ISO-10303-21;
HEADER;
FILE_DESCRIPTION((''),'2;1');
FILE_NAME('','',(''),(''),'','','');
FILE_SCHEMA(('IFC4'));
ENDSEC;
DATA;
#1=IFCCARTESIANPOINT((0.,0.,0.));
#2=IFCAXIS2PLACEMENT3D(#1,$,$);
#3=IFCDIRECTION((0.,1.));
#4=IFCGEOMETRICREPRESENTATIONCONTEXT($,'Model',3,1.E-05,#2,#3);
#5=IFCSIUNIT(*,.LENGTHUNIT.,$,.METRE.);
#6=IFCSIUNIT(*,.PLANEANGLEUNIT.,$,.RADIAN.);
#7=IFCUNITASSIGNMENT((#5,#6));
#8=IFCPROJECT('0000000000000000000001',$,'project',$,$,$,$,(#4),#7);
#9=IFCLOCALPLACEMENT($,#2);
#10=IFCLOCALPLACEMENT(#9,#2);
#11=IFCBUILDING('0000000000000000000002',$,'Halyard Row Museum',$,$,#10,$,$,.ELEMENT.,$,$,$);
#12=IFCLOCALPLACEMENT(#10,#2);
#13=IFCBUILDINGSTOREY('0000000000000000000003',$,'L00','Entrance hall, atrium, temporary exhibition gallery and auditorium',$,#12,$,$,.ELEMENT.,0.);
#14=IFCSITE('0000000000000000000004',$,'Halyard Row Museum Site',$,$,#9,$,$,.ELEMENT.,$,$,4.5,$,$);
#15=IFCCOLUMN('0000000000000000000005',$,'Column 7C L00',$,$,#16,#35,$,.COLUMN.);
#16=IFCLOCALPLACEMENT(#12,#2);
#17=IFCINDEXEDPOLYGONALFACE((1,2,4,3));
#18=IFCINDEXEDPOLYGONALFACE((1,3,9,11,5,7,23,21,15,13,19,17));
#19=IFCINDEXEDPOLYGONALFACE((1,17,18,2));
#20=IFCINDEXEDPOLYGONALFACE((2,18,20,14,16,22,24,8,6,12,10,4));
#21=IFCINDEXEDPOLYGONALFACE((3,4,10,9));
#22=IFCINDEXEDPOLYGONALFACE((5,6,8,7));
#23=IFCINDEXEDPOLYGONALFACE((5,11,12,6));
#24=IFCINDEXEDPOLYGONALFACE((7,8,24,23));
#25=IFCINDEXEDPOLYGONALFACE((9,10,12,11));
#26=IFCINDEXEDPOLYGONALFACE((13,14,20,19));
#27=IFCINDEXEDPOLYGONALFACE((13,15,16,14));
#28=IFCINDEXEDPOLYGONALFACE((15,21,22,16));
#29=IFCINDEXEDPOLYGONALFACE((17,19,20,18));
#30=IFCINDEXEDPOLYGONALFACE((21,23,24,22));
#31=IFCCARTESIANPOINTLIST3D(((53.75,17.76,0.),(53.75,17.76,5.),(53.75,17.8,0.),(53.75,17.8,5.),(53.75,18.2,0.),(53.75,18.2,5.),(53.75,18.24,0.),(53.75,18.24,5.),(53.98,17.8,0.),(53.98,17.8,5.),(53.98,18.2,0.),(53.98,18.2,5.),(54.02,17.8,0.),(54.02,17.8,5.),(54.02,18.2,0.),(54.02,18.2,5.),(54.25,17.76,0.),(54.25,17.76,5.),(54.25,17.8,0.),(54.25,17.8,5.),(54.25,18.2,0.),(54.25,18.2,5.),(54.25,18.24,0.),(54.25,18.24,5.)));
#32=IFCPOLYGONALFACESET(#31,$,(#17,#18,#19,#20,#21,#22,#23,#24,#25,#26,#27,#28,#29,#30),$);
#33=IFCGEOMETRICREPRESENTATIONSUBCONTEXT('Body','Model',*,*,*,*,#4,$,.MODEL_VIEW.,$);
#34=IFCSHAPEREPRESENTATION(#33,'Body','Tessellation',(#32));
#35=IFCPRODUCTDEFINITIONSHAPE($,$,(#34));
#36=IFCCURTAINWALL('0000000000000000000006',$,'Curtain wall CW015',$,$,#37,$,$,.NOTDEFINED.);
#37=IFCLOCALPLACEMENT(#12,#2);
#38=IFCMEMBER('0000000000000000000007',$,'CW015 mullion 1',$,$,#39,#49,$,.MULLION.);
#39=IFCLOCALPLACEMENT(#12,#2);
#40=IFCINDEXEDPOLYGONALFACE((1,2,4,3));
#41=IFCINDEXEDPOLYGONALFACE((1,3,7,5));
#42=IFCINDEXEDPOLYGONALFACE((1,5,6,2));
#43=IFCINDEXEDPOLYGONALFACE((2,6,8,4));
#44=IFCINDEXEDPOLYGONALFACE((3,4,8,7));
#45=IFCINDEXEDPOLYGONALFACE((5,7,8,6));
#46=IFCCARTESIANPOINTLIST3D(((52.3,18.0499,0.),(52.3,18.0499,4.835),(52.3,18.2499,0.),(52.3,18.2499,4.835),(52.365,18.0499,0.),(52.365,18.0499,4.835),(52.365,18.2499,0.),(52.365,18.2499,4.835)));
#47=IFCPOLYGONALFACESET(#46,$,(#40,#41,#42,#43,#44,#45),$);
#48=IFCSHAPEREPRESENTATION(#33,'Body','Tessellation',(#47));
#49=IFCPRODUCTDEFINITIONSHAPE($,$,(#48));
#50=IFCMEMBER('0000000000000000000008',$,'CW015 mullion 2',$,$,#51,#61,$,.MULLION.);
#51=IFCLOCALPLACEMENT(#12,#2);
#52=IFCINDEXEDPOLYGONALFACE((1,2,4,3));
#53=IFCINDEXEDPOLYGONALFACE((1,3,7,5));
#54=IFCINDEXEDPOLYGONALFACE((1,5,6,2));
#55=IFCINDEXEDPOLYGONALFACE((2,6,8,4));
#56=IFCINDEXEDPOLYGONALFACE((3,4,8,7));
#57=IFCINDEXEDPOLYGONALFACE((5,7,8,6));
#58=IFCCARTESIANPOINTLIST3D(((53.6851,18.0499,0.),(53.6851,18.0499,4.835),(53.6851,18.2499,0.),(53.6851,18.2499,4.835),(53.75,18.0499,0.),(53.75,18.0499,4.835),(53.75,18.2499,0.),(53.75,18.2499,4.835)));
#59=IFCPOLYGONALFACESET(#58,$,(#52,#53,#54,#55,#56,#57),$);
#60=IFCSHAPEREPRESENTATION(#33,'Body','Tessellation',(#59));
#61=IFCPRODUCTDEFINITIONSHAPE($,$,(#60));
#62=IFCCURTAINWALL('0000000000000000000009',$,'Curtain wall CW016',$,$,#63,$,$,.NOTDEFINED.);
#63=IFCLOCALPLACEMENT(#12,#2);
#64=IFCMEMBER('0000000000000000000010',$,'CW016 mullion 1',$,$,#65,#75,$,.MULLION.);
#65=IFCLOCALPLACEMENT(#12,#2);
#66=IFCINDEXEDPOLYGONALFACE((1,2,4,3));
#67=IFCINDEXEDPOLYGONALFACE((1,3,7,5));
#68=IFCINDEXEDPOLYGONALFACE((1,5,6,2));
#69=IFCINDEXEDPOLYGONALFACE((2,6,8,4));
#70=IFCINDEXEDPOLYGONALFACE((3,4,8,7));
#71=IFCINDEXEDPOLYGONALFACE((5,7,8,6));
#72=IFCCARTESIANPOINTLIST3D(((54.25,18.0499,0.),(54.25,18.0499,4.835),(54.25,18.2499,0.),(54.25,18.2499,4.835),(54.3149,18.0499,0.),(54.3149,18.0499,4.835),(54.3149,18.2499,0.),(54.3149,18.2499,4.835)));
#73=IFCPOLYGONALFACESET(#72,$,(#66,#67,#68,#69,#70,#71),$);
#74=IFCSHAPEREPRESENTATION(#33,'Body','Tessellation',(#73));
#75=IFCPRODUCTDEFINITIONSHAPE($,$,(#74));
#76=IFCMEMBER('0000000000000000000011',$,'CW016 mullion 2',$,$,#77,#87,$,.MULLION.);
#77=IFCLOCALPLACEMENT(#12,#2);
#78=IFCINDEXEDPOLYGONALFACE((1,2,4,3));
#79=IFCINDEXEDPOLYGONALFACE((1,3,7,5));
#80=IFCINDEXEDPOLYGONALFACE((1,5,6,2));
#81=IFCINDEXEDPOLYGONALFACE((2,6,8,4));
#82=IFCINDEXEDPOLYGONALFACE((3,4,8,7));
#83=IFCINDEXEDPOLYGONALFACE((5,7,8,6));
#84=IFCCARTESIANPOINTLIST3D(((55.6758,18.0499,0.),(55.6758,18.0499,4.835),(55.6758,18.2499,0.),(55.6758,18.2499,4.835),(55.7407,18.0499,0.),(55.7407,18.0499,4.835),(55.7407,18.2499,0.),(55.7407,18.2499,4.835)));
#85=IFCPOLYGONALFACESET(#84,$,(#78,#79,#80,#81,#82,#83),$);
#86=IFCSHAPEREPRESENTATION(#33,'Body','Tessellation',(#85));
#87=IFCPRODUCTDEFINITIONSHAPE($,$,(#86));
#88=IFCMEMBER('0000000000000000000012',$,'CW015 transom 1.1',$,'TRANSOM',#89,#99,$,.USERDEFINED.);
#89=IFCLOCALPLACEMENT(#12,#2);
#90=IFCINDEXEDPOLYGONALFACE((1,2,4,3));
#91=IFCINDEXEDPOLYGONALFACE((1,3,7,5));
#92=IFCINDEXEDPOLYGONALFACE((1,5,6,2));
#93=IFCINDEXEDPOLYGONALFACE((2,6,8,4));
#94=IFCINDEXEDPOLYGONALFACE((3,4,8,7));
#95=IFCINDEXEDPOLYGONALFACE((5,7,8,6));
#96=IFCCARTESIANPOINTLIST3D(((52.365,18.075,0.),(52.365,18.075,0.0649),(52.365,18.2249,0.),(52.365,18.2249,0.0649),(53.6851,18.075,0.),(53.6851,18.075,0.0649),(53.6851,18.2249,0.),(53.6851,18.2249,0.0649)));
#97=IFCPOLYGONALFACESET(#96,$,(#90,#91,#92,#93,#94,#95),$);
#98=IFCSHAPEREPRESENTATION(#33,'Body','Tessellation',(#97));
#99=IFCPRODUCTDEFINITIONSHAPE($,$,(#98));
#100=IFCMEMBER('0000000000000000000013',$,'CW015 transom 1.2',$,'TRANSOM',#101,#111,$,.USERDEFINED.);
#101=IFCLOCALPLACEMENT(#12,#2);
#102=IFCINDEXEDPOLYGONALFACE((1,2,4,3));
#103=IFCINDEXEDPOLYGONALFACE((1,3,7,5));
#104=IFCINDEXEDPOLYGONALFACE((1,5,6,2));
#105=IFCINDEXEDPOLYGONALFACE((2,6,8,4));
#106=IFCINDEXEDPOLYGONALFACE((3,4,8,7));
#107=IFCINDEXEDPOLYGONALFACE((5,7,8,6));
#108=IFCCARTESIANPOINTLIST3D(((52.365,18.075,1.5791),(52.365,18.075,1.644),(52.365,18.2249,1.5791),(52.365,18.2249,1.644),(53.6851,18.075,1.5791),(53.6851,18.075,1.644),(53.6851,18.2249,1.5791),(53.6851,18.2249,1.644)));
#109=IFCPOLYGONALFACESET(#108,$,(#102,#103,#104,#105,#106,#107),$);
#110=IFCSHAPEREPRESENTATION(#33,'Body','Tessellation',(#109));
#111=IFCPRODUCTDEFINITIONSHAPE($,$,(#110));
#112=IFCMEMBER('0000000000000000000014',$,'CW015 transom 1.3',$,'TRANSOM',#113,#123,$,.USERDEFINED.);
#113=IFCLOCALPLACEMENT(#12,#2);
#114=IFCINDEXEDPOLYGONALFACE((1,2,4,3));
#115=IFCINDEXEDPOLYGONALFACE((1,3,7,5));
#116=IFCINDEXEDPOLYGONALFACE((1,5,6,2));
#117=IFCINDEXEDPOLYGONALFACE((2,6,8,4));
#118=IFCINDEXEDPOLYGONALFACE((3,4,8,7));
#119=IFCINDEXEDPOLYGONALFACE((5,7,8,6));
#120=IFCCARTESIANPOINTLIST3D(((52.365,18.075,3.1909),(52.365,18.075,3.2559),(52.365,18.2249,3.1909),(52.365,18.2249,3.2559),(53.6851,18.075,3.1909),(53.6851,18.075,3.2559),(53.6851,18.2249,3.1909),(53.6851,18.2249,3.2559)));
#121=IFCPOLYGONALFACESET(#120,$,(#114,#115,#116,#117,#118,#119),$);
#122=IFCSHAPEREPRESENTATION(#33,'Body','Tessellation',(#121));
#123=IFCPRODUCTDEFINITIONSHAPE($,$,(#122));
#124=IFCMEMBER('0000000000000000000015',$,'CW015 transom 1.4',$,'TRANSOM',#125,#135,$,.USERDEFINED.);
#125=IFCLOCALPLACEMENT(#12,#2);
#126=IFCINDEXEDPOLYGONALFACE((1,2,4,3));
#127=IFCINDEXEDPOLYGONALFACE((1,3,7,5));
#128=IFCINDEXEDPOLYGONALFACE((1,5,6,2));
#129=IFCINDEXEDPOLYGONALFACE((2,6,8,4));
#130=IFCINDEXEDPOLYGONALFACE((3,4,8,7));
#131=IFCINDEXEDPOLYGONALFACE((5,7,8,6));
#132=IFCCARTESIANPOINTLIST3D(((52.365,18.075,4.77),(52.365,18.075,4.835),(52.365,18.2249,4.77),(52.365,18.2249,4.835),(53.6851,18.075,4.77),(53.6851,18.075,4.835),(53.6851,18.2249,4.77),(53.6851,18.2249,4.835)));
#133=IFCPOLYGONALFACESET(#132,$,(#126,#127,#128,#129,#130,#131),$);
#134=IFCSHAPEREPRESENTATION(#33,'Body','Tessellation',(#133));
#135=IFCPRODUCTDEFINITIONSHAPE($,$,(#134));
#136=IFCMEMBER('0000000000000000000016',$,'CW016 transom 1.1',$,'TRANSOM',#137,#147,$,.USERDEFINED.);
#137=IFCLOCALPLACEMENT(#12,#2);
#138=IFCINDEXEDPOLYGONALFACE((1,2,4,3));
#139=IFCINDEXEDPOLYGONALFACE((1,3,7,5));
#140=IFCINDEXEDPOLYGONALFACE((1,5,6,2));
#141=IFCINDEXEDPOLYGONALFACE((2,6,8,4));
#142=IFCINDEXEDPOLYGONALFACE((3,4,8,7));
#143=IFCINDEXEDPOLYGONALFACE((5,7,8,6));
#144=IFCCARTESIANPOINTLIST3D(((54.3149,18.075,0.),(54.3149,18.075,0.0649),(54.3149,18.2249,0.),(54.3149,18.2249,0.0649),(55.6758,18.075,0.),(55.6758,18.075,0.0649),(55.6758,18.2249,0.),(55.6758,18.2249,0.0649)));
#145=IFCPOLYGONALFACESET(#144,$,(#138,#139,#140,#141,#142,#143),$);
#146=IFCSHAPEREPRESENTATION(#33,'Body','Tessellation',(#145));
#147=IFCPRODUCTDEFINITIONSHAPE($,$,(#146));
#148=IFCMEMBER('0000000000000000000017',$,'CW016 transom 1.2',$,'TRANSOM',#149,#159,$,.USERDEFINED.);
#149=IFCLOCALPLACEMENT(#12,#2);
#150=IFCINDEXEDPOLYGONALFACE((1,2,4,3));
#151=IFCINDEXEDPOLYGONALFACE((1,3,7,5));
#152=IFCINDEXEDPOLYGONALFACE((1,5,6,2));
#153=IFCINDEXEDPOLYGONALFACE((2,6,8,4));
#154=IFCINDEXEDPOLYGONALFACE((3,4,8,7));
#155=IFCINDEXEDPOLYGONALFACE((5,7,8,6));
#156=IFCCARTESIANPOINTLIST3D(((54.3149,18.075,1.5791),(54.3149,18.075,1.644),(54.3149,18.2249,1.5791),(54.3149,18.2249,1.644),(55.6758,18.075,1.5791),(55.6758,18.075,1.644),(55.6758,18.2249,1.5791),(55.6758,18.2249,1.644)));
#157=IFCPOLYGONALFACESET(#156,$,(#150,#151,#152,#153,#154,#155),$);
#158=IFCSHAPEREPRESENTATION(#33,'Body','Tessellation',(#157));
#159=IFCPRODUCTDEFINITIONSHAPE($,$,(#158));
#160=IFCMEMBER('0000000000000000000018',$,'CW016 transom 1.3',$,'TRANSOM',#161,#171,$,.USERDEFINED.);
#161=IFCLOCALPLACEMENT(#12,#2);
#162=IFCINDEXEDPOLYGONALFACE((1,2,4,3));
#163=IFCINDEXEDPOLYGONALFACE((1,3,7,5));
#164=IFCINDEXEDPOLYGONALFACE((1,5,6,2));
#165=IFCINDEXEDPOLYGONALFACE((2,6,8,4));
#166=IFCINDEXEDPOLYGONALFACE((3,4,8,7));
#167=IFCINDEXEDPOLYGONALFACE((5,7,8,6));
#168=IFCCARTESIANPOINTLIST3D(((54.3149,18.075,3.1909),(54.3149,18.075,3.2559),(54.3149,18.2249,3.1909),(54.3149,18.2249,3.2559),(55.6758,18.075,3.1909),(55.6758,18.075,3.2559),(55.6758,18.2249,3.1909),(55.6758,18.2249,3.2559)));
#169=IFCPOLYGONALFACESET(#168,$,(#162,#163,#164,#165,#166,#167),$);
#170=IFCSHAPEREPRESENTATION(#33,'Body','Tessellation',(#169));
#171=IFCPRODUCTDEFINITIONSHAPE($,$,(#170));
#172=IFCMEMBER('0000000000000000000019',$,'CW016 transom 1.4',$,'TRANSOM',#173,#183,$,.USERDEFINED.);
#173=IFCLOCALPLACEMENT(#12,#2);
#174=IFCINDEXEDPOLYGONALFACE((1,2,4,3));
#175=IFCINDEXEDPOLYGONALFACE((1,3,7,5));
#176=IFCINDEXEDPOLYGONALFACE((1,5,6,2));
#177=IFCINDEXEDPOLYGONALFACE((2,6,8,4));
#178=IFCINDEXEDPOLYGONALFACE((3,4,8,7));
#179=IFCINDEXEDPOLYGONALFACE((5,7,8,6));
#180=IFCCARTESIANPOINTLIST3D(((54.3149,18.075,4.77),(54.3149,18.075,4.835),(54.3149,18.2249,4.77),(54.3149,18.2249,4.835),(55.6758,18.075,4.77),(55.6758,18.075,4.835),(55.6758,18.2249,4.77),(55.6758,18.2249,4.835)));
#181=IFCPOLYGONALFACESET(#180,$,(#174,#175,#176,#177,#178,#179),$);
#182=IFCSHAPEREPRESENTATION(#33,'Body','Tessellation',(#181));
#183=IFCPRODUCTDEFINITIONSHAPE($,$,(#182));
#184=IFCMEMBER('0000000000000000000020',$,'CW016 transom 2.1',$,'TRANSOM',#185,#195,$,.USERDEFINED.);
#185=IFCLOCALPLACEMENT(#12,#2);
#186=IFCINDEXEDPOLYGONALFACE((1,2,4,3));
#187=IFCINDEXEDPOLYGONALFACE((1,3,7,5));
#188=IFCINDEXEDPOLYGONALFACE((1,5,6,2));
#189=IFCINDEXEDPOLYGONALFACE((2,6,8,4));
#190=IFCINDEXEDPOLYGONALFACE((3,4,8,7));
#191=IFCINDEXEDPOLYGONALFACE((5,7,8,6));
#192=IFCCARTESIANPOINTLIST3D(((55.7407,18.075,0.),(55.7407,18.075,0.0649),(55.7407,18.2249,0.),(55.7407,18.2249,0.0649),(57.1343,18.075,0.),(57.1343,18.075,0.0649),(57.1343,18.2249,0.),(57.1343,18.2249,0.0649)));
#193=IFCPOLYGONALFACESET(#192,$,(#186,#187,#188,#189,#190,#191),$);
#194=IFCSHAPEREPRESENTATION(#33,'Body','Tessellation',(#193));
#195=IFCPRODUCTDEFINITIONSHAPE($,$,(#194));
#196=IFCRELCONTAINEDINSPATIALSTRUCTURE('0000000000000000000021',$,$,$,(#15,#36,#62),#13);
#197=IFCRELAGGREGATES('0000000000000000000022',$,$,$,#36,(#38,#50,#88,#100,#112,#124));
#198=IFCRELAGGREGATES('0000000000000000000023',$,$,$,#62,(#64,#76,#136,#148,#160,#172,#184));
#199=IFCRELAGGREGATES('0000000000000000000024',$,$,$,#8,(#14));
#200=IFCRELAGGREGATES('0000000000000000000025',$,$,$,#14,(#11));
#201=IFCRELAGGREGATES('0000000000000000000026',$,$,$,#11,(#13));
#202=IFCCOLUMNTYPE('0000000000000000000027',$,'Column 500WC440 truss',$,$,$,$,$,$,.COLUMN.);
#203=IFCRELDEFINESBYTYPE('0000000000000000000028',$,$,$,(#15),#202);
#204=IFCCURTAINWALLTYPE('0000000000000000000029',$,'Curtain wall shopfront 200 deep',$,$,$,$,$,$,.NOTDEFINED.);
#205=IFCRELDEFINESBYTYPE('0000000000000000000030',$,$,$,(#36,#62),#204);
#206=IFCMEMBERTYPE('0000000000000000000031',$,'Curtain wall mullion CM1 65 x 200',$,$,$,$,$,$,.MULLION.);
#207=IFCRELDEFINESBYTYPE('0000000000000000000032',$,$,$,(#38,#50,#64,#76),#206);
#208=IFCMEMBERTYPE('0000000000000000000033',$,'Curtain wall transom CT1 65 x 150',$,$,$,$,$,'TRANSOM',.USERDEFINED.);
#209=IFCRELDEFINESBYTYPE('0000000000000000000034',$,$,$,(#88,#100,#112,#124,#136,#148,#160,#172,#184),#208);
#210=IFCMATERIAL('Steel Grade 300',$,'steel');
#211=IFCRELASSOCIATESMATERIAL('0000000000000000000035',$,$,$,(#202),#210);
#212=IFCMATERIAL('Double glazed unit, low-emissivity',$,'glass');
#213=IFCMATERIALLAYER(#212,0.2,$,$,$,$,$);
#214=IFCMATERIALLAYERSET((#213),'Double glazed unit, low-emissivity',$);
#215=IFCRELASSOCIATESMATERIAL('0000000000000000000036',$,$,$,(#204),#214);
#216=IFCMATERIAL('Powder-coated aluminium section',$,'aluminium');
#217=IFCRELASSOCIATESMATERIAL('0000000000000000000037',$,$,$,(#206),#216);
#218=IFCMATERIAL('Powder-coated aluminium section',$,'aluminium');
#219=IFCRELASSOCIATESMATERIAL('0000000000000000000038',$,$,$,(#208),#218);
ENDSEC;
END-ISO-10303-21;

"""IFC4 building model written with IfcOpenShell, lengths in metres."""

from ifc_helpers import new_model, si_unit, direction, frame, origin, origin_2d, place, context, subcontext, project, spatial, rectangle, i_section, extrude, material, layer, layer_set, material_profile, profile_set, type_object, element, aggregate, save


model = new_model("IFC4")

# Units and contexts
model_context = context("Model", 3, precision=1e-05, world=origin(), true_north=direction((0.0, 1.0)))
body_context = subcontext(model_context, "Body", "Model", "MODEL_VIEW")
ifc_project = project(units=[si_unit("LENGTHUNIT", "METRE"), si_unit("PLANEANGLEUNIT", "RADIAN")], contexts=[model_context])

# Site, building, storey
site_placement = place(None, origin())
site = spatial("IfcSite", under=ifc_project, at=site_placement, Name="Halyard Row Museum Site", CompositionType="ELEMENT", RefElevation=4.5)
building_placement = place(site_placement, origin())
building = spatial("IfcBuilding", under=site, at=building_placement, Name="Halyard Row Museum", CompositionType="ELEMENT")
storey_placement = place(building_placement, origin())
storey = spatial("IfcBuildingStorey", under=building, at=storey_placement, Name="L00", Description="Entrance hall, atrium, temporary exhibition gallery and auditorium", CompositionType="ELEMENT", Elevation=0.0)

# Column
ifc_material_1 = material(Name="Steel Grade 300", Category="steel")
ifc_material_profile_1 = material_profile(ifc_material_1, i_section(OverallWidth=0.5, OverallDepth=0.48, WebThickness=0.04, FlangeThickness=0.04, at=origin_2d()), Name="500WC440")
ifc_profile_set_1 = profile_set([ifc_material_profile_1], Name="Steel Grade 300")
column_type = type_object("IfcColumnType", Name="Column 500WC440 truss", PredefinedType="COLUMN", material=ifc_profile_set_1)
column_placement = place(storey_placement, frame((54.0, 18.0, 0.0), z_axis=(0.0, 0.0, 1.0), x_axis=(1.0, 0.0, 0.0)))
element("IfcColumn", 1, at=column_placement, inside=storey, type_object=column_type, Name="Column 7C L00", PredefinedType="COLUMN", context=body_context, shape_type="SweptSolid", body=[
    extrude(i_section(OverallWidth=0.5, OverallDepth=0.48, WebThickness=0.04, FlangeThickness=0.04, at=origin_2d()), origin(), (0.0, 0.0, 1.0), 5.0),
])

# Curtain walls, members
ifc_material_2 = material(Name="Double glazed unit, low-emissivity", Category="glass")
ifc_layer_1 = layer(ifc_material_2, 0.2)
ifc_layer_set_1 = layer_set([ifc_layer_1], Name="Double glazed unit, low-emissivity")
curtain_wall_type = type_object("IfcCurtainWallType", Name="Curtain wall shopfront 200 deep", PredefinedType="NOTDEFINED", material=ifc_layer_set_1)
curtain_wall_1_placement = place(storey_placement, origin())
curtain_wall_1 = element("IfcCurtainWall", 2, at=curtain_wall_1_placement, inside=storey, type_object=curtain_wall_type, Name="Curtain wall CW015", PredefinedType="NOTDEFINED")
ifc_material_3 = material(Name="Powder-coated aluminium section", Category="aluminium")
ifc_material_profile_2 = material_profile(ifc_material_3, rectangle(XDim=0.2, YDim=0.0649, at=origin_2d()), Name="200x65 mullion")
ifc_profile_set_2 = profile_set([ifc_material_profile_2], Name="Powder-coated aluminium section")
member_type_1 = type_object("IfcMemberType", Name="Curtain wall mullion CM1 65 x 200", PredefinedType="MULLION", material=ifc_profile_set_2)
member_1_placement = place(storey_placement, frame((52.3325, 18.1499, 0.0), z_axis=(0.0, 0.0, 1.0), x_axis=(0.0, 1.0, 0.0)))
member_1 = element("IfcMember", 3, at=member_1_placement, type_object=member_type_1, Name="CW015 mullion 1", PredefinedType="MULLION", context=body_context, shape_type="SweptSolid", body=[
    extrude(rectangle(XDim=0.2, YDim=0.0649, at=origin_2d()), origin(), (0.0, 0.0, 1.0), 4.835),
])
member_2_placement = place(storey_placement, frame((53.7175, 18.1499, 0.0), z_axis=(0.0, 0.0, 1.0), x_axis=(0.0, 1.0, 0.0)))
member_2 = element("IfcMember", 4, at=member_2_placement, type_object=member_type_1, Name="CW015 mullion 2", PredefinedType="MULLION", context=body_context, shape_type="SweptSolid", body=[
    extrude(rectangle(XDim=0.2, YDim=0.0649, at=origin_2d()), origin(), (0.0, 0.0, 1.0), 4.835),
])
curtain_wall_2_placement = place(storey_placement, origin())
curtain_wall_2 = element("IfcCurtainWall", 5, at=curtain_wall_2_placement, inside=storey, type_object=curtain_wall_type, Name="Curtain wall CW016", PredefinedType="NOTDEFINED")
member_3_placement = place(storey_placement, frame((54.2825, 18.1499, 0.0), z_axis=(0.0, 0.0, 1.0), x_axis=(0.0, 1.0, 0.0)))
member_3 = element("IfcMember", 6, at=member_3_placement, type_object=member_type_1, Name="CW016 mullion 1", PredefinedType="MULLION", context=body_context, shape_type="SweptSolid", body=[
    extrude(rectangle(XDim=0.2, YDim=0.0649, at=origin_2d()), origin(), (0.0, 0.0, 1.0), 4.835),
])
member_4_placement = place(storey_placement, frame((55.7083, 18.1499, 0.0), z_axis=(0.0, 0.0, 1.0), x_axis=(0.0, 1.0, 0.0)))
member_4 = element("IfcMember", 7, at=member_4_placement, type_object=member_type_1, Name="CW016 mullion 2", PredefinedType="MULLION", context=body_context, shape_type="SweptSolid", body=[
    extrude(rectangle(XDim=0.2, YDim=0.0649, at=origin_2d()), origin(), (0.0, 0.0, 1.0), 4.835),
])

# Members
ifc_material_4 = material(Name="Powder-coated aluminium section", Category="aluminium")
ifc_material_profile_3 = material_profile(ifc_material_4, rectangle(XDim=0.1499, YDim=0.0649, at=origin_2d()), Name="150x65 transom")
ifc_profile_set_3 = profile_set([ifc_material_profile_3], Name="Powder-coated aluminium section")
member_type_2 = type_object("IfcMemberType", Name="Curtain wall transom CT1 65 x 150", ElementType="TRANSOM", PredefinedType="USERDEFINED", material=ifc_profile_set_3)
member_5_placement = place(storey_placement, frame((52.365, 18.1499, 0.0325), z_axis=(1.0, 0.0, 0.0), x_axis=(0.0, 1.0, 0.0)))
member_5 = element("IfcMember", 8, at=member_5_placement, type_object=member_type_2, Name="CW015 transom 1.1", ObjectType="TRANSOM", PredefinedType="USERDEFINED", context=body_context, shape_type="SweptSolid", body=[
    extrude(rectangle(XDim=0.1499, YDim=0.0649, at=origin_2d()), origin(), (0.0, 0.0, 1.0), 1.3201),
])
member_6_placement = place(storey_placement, frame((52.365, 18.1499, 1.6116), z_axis=(1.0, 0.0, 0.0), x_axis=(0.0, 1.0, 0.0)))
member_6 = element("IfcMember", 9, at=member_6_placement, type_object=member_type_2, Name="CW015 transom 1.2", ObjectType="TRANSOM", PredefinedType="USERDEFINED", context=body_context, shape_type="SweptSolid", body=[
    extrude(rectangle(XDim=0.1499, YDim=0.0649, at=origin_2d()), origin(), (0.0, 0.0, 1.0), 1.3201),
])
member_7_placement = place(storey_placement, frame((52.365, 18.1499, 3.2234), z_axis=(1.0, 0.0, 0.0), x_axis=(0.0, 1.0, 0.0)))
member_7 = element("IfcMember", 10, at=member_7_placement, type_object=member_type_2, Name="CW015 transom 1.3", ObjectType="TRANSOM", PredefinedType="USERDEFINED", context=body_context, shape_type="SweptSolid", body=[
    extrude(rectangle(XDim=0.1499, YDim=0.0649, at=origin_2d()), origin(), (0.0, 0.0, 1.0), 1.3201),
])
member_8_placement = place(storey_placement, frame((52.365, 18.1499, 4.8025), z_axis=(1.0, 0.0, 0.0), x_axis=(0.0, 1.0, 0.0)))
member_8 = element("IfcMember", 11, at=member_8_placement, type_object=member_type_2, Name="CW015 transom 1.4", ObjectType="TRANSOM", PredefinedType="USERDEFINED", context=body_context, shape_type="SweptSolid", body=[
    extrude(rectangle(XDim=0.1499, YDim=0.0649, at=origin_2d()), origin(), (0.0, 0.0, 1.0), 1.3201),
])
member_9_placement = place(storey_placement, frame((54.3149, 18.1499, 0.0325), z_axis=(1.0, 0.0, 0.0), x_axis=(0.0, 1.0, 0.0)))
member_9 = element("IfcMember", 12, at=member_9_placement, type_object=member_type_2, Name="CW016 transom 1.1", ObjectType="TRANSOM", PredefinedType="USERDEFINED", context=body_context, shape_type="SweptSolid", body=[
    extrude(rectangle(XDim=0.1499, YDim=0.0649, at=origin_2d()), origin(), (0.0, 0.0, 1.0), 1.3608),
])
member_10_placement = place(storey_placement, frame((54.3149, 18.1499, 1.6116), z_axis=(1.0, 0.0, 0.0), x_axis=(0.0, 1.0, 0.0)))
member_10 = element("IfcMember", 13, at=member_10_placement, type_object=member_type_2, Name="CW016 transom 1.2", ObjectType="TRANSOM", PredefinedType="USERDEFINED", context=body_context, shape_type="SweptSolid", body=[
    extrude(rectangle(XDim=0.1499, YDim=0.0649, at=origin_2d()), origin(), (0.0, 0.0, 1.0), 1.3608),
])
member_11_placement = place(storey_placement, frame((54.3149, 18.1499, 3.2234), z_axis=(1.0, 0.0, 0.0), x_axis=(0.0, 1.0, 0.0)))
member_11 = element("IfcMember", 14, at=member_11_placement, type_object=member_type_2, Name="CW016 transom 1.3", ObjectType="TRANSOM", PredefinedType="USERDEFINED", context=body_context, shape_type="SweptSolid", body=[
    extrude(rectangle(XDim=0.1499, YDim=0.0649, at=origin_2d()), origin(), (0.0, 0.0, 1.0), 1.3608),
])
member_12_placement = place(storey_placement, frame((54.3149, 18.1499, 4.8025), z_axis=(1.0, 0.0, 0.0), x_axis=(0.0, 1.0, 0.0)))
member_12 = element("IfcMember", 15, at=member_12_placement, type_object=member_type_2, Name="CW016 transom 1.4", ObjectType="TRANSOM", PredefinedType="USERDEFINED", context=body_context, shape_type="SweptSolid", body=[
    extrude(rectangle(XDim=0.1499, YDim=0.0649, at=origin_2d()), origin(), (0.0, 0.0, 1.0), 1.3608),
])
member_13_placement = place(storey_placement, frame((55.7407, 18.1499, 0.0325), z_axis=(1.0, 0.0, 0.0), x_axis=(0.0, 1.0, 0.0)))
member_13 = element("IfcMember", 16, at=member_13_placement, type_object=member_type_2, Name="CW016 transom 2.1", ObjectType="TRANSOM", PredefinedType="USERDEFINED", context=body_context, shape_type="SweptSolid", body=[
    extrude(rectangle(XDim=0.1499, YDim=0.0649, at=origin_2d()), origin(), (0.0, 0.0, 1.0), 1.3936),
])

aggregate(curtain_wall_1, [member_1, member_2, member_5, member_6, member_7, member_8])
aggregate(curtain_wall_2, [member_3, member_4, member_9, member_10, member_11, member_12, member_13])

save(model, "model.ifc")
